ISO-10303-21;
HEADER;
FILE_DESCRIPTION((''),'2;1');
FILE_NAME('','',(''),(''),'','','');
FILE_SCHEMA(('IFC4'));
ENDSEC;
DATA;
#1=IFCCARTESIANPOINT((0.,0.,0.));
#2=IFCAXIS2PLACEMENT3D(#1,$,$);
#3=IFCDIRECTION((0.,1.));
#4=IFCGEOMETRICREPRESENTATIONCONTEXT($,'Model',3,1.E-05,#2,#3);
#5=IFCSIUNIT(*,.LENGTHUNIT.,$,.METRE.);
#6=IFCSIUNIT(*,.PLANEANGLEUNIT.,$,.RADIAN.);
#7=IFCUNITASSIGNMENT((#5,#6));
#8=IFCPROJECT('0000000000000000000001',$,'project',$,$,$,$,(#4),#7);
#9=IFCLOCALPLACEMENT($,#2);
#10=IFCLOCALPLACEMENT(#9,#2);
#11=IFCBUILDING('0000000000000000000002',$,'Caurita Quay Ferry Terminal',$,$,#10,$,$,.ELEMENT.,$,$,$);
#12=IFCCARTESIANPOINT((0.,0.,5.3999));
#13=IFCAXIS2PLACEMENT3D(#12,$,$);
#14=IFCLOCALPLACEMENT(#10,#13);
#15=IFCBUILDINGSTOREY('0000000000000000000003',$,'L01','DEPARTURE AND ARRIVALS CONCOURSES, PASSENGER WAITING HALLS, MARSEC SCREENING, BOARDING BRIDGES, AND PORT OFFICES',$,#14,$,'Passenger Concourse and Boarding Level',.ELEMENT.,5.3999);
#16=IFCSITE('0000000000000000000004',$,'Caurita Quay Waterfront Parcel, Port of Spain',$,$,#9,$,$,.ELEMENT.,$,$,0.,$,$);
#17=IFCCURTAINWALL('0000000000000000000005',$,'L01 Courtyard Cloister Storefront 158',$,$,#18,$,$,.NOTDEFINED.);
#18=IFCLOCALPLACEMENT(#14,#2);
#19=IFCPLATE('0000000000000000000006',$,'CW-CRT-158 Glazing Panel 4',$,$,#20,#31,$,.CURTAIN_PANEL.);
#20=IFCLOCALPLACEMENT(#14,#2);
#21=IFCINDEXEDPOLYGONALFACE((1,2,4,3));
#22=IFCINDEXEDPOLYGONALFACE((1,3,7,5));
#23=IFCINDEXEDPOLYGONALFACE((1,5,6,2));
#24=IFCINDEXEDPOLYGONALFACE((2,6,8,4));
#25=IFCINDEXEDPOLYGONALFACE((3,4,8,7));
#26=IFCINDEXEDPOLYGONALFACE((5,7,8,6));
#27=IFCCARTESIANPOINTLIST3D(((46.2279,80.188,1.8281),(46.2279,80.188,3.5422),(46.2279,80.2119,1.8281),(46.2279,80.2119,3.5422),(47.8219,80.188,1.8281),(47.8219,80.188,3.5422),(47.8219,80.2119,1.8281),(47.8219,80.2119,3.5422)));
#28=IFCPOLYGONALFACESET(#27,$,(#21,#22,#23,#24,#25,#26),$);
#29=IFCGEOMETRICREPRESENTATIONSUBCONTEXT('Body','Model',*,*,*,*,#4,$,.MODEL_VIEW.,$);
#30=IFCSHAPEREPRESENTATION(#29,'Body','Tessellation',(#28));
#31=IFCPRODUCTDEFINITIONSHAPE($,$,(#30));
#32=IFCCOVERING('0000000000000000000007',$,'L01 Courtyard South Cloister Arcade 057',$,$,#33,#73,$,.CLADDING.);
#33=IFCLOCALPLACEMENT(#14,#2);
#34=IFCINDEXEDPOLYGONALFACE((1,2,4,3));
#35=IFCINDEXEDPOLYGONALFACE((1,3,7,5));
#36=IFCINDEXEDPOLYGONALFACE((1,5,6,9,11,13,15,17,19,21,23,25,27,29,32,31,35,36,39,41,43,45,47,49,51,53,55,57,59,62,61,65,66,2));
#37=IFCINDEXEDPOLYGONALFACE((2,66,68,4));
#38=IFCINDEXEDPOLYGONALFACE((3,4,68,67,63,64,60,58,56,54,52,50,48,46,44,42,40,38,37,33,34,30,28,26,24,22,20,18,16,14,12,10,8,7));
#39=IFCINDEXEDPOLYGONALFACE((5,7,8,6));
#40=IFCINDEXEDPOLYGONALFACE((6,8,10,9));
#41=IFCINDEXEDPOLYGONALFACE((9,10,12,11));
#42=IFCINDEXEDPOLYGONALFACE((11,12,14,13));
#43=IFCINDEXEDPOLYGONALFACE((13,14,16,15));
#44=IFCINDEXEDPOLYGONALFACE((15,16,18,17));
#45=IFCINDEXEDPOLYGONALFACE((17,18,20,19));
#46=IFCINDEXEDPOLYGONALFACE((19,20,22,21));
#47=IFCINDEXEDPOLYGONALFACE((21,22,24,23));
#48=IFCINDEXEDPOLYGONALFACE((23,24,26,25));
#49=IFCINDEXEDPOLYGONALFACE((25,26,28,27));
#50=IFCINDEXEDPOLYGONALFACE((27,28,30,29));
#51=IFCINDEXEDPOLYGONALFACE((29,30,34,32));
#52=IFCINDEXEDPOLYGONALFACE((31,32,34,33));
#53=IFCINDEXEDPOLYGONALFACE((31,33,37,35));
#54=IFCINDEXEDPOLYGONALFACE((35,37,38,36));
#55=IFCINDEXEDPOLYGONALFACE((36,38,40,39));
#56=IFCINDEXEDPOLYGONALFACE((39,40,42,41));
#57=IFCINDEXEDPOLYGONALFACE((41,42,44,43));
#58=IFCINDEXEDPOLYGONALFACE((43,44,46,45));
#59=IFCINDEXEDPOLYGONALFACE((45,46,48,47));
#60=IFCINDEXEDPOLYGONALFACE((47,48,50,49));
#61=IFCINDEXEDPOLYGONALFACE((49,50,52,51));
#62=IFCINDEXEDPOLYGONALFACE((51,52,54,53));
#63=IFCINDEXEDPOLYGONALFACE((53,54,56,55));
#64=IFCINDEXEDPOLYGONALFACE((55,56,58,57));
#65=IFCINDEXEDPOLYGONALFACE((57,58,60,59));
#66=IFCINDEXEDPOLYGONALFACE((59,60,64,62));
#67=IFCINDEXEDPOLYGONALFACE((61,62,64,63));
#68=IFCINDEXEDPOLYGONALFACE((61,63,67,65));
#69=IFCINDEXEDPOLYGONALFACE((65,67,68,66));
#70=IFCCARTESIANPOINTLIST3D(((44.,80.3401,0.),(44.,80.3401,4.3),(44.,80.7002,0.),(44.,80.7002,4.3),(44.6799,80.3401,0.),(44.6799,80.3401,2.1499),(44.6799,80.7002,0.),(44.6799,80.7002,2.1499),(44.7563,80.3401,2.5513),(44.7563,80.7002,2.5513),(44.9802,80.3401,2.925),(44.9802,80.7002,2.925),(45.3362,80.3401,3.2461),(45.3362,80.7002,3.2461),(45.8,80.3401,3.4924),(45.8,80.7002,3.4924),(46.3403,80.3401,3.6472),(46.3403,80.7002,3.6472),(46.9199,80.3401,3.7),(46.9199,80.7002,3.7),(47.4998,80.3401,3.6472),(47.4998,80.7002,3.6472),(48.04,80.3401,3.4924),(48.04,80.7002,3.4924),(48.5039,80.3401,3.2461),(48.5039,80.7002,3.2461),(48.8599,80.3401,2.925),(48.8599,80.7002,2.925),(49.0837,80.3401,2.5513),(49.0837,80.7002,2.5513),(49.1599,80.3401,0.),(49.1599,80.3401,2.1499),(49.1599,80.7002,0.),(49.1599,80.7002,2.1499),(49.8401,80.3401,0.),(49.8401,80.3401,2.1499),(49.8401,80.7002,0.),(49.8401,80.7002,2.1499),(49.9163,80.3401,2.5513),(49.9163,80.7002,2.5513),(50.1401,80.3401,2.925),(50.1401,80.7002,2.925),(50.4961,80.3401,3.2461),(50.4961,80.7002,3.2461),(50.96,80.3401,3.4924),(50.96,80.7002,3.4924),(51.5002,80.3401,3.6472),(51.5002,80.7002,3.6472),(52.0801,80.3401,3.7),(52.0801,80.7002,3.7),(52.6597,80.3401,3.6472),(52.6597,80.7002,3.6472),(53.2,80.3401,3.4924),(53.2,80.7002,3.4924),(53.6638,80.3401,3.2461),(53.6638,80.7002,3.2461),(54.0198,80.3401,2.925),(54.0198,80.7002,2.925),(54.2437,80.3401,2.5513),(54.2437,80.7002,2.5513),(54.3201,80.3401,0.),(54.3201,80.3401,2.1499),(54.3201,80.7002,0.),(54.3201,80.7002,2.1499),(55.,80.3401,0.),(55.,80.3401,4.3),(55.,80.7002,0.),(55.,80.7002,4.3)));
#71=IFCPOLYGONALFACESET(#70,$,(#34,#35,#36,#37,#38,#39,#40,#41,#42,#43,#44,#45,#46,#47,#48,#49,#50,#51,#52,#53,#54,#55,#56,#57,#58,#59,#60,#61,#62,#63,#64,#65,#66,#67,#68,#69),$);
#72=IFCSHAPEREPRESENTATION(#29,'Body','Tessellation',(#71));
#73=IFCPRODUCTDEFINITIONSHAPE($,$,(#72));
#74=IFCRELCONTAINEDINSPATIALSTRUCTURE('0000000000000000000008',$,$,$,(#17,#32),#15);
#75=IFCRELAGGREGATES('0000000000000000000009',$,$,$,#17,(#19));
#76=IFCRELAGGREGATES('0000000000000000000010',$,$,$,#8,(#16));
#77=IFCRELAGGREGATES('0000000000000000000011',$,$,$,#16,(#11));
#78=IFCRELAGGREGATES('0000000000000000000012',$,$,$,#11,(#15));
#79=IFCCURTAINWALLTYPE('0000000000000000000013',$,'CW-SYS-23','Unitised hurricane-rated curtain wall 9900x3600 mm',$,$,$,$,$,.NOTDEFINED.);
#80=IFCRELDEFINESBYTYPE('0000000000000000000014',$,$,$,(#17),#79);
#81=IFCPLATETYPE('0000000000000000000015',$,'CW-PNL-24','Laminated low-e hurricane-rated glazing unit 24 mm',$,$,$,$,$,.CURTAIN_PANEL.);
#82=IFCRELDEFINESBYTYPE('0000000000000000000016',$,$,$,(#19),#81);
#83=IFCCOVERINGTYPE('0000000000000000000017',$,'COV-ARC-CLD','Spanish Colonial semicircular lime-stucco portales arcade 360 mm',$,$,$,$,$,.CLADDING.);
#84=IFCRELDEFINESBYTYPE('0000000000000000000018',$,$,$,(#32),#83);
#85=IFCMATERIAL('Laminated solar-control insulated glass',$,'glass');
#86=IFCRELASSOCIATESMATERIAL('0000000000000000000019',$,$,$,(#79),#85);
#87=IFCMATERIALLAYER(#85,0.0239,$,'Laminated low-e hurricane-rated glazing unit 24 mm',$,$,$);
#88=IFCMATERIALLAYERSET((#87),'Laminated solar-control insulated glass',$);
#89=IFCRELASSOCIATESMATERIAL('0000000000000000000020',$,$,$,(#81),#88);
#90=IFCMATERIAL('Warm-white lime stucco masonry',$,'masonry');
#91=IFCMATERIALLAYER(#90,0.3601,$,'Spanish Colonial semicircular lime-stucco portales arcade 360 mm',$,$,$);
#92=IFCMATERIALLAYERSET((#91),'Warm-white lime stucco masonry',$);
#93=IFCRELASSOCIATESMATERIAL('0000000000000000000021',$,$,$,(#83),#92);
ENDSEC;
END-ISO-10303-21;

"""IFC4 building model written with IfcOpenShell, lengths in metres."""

from ifc_helpers import new_model, si_unit, direction, frame, origin, origin_2d, place, context, subcontext, project, spatial, polyline, rectangle, outline, extrude, material, layer, layer_set, type_object, element, aggregate, save


model = new_model("IFC4")

# Units and contexts
model_context = context("Model", 3, precision=1e-05, world=origin(), true_north=direction((0.0, 1.0)))
body_context = subcontext(model_context, "Body", "Model", "MODEL_VIEW")
ifc_project = project(units=[si_unit("LENGTHUNIT", "METRE"), si_unit("PLANEANGLEUNIT", "RADIAN")], contexts=[model_context])

# Site, building, storey
site_placement = place(None, origin())
site = spatial("IfcSite", under=ifc_project, at=site_placement, Name="Caurita Quay Waterfront Parcel, Port of Spain", CompositionType="ELEMENT", RefElevation=0.0)
building_placement = place(site_placement, origin())
building = spatial("IfcBuilding", under=site, at=building_placement, Name="Caurita Quay Ferry Terminal", CompositionType="ELEMENT")
storey_placement = place(building_placement, frame((0.0, 0.0, 5.3999)))
storey = spatial("IfcBuildingStorey", under=building, at=storey_placement, Name="L01", Description="DEPARTURE AND ARRIVALS CONCOURSES, PASSENGER WAITING HALLS, MARSEC SCREENING, BOARDING BRIDGES, AND PORT OFFICES", LongName="Passenger Concourse and Boarding Level", CompositionType="ELEMENT", Elevation=5.3999)

# Curtain wall
ifc_material_1 = material(Name="Laminated solar-control insulated glass", Category="glass")
curtain_wall_type = type_object("IfcCurtainWallType", Name="CW-SYS-23", Description="Unitised hurricane-rated curtain wall 9900x3600 mm", PredefinedType="NOTDEFINED", material=ifc_material_1)
curtain_wall_1_placement = place(storey_placement, origin())
curtain_wall_1 = element("IfcCurtainWall", 1, at=curtain_wall_1_placement, inside=storey, type_object=curtain_wall_type, Name="L01 Courtyard Cloister Storefront 158", PredefinedType="NOTDEFINED")

# Plate
ifc_layer_1 = layer(ifc_material_1, 0.0239, Name="Laminated low-e hurricane-rated glazing unit 24 mm")
ifc_layer_set_1 = layer_set([ifc_layer_1], Name="Laminated solar-control insulated glass")
plate_type = type_object("IfcPlateType", Name="CW-PNL-24", Description="Laminated low-e hurricane-rated glazing unit 24 mm", PredefinedType="CURTAIN_PANEL", material=ifc_layer_set_1)
plate_1_placement = place(storey_placement, frame((47.0249, 80.2, 1.8281), z_axis=(0.0, 0.0, 1.0), x_axis=(1.0, 0.0, 0.0)))
plate_1 = element("IfcPlate", 2, at=plate_1_placement, type_object=plate_type, Name="CW-CRT-158 Glazing Panel 4", PredefinedType="CURTAIN_PANEL", context=body_context, shape_type="SweptSolid", body=[
    extrude(rectangle(XDim=1.594, YDim=0.0239, at=origin_2d()), origin(), (0.0, 0.0, 1.0), 1.7141),
])
aggregate(curtain_wall_1, [plate_1])

# Covering
ifc_material_2 = material(Name="Warm-white lime stucco masonry", Category="masonry")
ifc_layer_2 = layer(ifc_material_2, 0.3601, Name="Spanish Colonial semicircular lime-stucco portales arcade 360 mm")
ifc_layer_set_2 = layer_set([ifc_layer_2], Name="Warm-white lime stucco masonry")
covering_type = type_object("IfcCoveringType", Name="COV-ARC-CLD", Description="Spanish Colonial semicircular lime-stucco portales arcade 360 mm", PredefinedType="CLADDING", material=ifc_layer_set_2)
covering_placement = place(storey_placement, frame((44.0, 80.52, 0.0), z_axis=(0.0, 0.0, 1.0), x_axis=(1.0, 0.0, 0.0)))
element("IfcCovering", 3, at=covering_placement, inside=storey, type_object=covering_type, Name="L01 Courtyard South Cloister Arcade 057", PredefinedType="CLADDING", context=body_context, shape_type="SweptSolid", body=[
    extrude(outline(polyline([(0.0, 0.0), (0.6799, 0.0), (0.6799, 2.1499), (0.7563, 2.5513), (0.9802, 2.925), (1.3362, 3.2461), (1.8, 3.4924), (2.3403, 3.6472), (2.9199, 3.7), (3.4998, 3.6472), (4.04, 3.4924), (4.5039, 3.2461), (4.8599, 2.925), (5.0837, 2.5513), (5.1599, 2.1499), (5.1599, 0.0), (5.8401, 0.0), (5.8401, 2.1499), (5.9163, 2.5513), (6.1401, 2.925), (6.4961, 3.2461), (6.96, 3.4924), (7.5002, 3.6472), (8.0801, 3.7), (8.6597, 3.6472), (9.2, 3.4924), (9.6638, 3.2461), (10.0198, 2.925), (10.2437, 2.5513), (10.3201, 2.1499), (10.3201, 0.0), (11.0, 0.0), (11.0, 4.3), (0.0, 4.3), (0.0, 0.0)])), frame((0.0, 0.1802, 0.0), z_axis=(0.0, -1.0, 0.0), x_axis=(1.0, 0.0, 0.0)), (0.0, 0.0, 1.0), 0.3601),
])

save(model, "model.ifc")
